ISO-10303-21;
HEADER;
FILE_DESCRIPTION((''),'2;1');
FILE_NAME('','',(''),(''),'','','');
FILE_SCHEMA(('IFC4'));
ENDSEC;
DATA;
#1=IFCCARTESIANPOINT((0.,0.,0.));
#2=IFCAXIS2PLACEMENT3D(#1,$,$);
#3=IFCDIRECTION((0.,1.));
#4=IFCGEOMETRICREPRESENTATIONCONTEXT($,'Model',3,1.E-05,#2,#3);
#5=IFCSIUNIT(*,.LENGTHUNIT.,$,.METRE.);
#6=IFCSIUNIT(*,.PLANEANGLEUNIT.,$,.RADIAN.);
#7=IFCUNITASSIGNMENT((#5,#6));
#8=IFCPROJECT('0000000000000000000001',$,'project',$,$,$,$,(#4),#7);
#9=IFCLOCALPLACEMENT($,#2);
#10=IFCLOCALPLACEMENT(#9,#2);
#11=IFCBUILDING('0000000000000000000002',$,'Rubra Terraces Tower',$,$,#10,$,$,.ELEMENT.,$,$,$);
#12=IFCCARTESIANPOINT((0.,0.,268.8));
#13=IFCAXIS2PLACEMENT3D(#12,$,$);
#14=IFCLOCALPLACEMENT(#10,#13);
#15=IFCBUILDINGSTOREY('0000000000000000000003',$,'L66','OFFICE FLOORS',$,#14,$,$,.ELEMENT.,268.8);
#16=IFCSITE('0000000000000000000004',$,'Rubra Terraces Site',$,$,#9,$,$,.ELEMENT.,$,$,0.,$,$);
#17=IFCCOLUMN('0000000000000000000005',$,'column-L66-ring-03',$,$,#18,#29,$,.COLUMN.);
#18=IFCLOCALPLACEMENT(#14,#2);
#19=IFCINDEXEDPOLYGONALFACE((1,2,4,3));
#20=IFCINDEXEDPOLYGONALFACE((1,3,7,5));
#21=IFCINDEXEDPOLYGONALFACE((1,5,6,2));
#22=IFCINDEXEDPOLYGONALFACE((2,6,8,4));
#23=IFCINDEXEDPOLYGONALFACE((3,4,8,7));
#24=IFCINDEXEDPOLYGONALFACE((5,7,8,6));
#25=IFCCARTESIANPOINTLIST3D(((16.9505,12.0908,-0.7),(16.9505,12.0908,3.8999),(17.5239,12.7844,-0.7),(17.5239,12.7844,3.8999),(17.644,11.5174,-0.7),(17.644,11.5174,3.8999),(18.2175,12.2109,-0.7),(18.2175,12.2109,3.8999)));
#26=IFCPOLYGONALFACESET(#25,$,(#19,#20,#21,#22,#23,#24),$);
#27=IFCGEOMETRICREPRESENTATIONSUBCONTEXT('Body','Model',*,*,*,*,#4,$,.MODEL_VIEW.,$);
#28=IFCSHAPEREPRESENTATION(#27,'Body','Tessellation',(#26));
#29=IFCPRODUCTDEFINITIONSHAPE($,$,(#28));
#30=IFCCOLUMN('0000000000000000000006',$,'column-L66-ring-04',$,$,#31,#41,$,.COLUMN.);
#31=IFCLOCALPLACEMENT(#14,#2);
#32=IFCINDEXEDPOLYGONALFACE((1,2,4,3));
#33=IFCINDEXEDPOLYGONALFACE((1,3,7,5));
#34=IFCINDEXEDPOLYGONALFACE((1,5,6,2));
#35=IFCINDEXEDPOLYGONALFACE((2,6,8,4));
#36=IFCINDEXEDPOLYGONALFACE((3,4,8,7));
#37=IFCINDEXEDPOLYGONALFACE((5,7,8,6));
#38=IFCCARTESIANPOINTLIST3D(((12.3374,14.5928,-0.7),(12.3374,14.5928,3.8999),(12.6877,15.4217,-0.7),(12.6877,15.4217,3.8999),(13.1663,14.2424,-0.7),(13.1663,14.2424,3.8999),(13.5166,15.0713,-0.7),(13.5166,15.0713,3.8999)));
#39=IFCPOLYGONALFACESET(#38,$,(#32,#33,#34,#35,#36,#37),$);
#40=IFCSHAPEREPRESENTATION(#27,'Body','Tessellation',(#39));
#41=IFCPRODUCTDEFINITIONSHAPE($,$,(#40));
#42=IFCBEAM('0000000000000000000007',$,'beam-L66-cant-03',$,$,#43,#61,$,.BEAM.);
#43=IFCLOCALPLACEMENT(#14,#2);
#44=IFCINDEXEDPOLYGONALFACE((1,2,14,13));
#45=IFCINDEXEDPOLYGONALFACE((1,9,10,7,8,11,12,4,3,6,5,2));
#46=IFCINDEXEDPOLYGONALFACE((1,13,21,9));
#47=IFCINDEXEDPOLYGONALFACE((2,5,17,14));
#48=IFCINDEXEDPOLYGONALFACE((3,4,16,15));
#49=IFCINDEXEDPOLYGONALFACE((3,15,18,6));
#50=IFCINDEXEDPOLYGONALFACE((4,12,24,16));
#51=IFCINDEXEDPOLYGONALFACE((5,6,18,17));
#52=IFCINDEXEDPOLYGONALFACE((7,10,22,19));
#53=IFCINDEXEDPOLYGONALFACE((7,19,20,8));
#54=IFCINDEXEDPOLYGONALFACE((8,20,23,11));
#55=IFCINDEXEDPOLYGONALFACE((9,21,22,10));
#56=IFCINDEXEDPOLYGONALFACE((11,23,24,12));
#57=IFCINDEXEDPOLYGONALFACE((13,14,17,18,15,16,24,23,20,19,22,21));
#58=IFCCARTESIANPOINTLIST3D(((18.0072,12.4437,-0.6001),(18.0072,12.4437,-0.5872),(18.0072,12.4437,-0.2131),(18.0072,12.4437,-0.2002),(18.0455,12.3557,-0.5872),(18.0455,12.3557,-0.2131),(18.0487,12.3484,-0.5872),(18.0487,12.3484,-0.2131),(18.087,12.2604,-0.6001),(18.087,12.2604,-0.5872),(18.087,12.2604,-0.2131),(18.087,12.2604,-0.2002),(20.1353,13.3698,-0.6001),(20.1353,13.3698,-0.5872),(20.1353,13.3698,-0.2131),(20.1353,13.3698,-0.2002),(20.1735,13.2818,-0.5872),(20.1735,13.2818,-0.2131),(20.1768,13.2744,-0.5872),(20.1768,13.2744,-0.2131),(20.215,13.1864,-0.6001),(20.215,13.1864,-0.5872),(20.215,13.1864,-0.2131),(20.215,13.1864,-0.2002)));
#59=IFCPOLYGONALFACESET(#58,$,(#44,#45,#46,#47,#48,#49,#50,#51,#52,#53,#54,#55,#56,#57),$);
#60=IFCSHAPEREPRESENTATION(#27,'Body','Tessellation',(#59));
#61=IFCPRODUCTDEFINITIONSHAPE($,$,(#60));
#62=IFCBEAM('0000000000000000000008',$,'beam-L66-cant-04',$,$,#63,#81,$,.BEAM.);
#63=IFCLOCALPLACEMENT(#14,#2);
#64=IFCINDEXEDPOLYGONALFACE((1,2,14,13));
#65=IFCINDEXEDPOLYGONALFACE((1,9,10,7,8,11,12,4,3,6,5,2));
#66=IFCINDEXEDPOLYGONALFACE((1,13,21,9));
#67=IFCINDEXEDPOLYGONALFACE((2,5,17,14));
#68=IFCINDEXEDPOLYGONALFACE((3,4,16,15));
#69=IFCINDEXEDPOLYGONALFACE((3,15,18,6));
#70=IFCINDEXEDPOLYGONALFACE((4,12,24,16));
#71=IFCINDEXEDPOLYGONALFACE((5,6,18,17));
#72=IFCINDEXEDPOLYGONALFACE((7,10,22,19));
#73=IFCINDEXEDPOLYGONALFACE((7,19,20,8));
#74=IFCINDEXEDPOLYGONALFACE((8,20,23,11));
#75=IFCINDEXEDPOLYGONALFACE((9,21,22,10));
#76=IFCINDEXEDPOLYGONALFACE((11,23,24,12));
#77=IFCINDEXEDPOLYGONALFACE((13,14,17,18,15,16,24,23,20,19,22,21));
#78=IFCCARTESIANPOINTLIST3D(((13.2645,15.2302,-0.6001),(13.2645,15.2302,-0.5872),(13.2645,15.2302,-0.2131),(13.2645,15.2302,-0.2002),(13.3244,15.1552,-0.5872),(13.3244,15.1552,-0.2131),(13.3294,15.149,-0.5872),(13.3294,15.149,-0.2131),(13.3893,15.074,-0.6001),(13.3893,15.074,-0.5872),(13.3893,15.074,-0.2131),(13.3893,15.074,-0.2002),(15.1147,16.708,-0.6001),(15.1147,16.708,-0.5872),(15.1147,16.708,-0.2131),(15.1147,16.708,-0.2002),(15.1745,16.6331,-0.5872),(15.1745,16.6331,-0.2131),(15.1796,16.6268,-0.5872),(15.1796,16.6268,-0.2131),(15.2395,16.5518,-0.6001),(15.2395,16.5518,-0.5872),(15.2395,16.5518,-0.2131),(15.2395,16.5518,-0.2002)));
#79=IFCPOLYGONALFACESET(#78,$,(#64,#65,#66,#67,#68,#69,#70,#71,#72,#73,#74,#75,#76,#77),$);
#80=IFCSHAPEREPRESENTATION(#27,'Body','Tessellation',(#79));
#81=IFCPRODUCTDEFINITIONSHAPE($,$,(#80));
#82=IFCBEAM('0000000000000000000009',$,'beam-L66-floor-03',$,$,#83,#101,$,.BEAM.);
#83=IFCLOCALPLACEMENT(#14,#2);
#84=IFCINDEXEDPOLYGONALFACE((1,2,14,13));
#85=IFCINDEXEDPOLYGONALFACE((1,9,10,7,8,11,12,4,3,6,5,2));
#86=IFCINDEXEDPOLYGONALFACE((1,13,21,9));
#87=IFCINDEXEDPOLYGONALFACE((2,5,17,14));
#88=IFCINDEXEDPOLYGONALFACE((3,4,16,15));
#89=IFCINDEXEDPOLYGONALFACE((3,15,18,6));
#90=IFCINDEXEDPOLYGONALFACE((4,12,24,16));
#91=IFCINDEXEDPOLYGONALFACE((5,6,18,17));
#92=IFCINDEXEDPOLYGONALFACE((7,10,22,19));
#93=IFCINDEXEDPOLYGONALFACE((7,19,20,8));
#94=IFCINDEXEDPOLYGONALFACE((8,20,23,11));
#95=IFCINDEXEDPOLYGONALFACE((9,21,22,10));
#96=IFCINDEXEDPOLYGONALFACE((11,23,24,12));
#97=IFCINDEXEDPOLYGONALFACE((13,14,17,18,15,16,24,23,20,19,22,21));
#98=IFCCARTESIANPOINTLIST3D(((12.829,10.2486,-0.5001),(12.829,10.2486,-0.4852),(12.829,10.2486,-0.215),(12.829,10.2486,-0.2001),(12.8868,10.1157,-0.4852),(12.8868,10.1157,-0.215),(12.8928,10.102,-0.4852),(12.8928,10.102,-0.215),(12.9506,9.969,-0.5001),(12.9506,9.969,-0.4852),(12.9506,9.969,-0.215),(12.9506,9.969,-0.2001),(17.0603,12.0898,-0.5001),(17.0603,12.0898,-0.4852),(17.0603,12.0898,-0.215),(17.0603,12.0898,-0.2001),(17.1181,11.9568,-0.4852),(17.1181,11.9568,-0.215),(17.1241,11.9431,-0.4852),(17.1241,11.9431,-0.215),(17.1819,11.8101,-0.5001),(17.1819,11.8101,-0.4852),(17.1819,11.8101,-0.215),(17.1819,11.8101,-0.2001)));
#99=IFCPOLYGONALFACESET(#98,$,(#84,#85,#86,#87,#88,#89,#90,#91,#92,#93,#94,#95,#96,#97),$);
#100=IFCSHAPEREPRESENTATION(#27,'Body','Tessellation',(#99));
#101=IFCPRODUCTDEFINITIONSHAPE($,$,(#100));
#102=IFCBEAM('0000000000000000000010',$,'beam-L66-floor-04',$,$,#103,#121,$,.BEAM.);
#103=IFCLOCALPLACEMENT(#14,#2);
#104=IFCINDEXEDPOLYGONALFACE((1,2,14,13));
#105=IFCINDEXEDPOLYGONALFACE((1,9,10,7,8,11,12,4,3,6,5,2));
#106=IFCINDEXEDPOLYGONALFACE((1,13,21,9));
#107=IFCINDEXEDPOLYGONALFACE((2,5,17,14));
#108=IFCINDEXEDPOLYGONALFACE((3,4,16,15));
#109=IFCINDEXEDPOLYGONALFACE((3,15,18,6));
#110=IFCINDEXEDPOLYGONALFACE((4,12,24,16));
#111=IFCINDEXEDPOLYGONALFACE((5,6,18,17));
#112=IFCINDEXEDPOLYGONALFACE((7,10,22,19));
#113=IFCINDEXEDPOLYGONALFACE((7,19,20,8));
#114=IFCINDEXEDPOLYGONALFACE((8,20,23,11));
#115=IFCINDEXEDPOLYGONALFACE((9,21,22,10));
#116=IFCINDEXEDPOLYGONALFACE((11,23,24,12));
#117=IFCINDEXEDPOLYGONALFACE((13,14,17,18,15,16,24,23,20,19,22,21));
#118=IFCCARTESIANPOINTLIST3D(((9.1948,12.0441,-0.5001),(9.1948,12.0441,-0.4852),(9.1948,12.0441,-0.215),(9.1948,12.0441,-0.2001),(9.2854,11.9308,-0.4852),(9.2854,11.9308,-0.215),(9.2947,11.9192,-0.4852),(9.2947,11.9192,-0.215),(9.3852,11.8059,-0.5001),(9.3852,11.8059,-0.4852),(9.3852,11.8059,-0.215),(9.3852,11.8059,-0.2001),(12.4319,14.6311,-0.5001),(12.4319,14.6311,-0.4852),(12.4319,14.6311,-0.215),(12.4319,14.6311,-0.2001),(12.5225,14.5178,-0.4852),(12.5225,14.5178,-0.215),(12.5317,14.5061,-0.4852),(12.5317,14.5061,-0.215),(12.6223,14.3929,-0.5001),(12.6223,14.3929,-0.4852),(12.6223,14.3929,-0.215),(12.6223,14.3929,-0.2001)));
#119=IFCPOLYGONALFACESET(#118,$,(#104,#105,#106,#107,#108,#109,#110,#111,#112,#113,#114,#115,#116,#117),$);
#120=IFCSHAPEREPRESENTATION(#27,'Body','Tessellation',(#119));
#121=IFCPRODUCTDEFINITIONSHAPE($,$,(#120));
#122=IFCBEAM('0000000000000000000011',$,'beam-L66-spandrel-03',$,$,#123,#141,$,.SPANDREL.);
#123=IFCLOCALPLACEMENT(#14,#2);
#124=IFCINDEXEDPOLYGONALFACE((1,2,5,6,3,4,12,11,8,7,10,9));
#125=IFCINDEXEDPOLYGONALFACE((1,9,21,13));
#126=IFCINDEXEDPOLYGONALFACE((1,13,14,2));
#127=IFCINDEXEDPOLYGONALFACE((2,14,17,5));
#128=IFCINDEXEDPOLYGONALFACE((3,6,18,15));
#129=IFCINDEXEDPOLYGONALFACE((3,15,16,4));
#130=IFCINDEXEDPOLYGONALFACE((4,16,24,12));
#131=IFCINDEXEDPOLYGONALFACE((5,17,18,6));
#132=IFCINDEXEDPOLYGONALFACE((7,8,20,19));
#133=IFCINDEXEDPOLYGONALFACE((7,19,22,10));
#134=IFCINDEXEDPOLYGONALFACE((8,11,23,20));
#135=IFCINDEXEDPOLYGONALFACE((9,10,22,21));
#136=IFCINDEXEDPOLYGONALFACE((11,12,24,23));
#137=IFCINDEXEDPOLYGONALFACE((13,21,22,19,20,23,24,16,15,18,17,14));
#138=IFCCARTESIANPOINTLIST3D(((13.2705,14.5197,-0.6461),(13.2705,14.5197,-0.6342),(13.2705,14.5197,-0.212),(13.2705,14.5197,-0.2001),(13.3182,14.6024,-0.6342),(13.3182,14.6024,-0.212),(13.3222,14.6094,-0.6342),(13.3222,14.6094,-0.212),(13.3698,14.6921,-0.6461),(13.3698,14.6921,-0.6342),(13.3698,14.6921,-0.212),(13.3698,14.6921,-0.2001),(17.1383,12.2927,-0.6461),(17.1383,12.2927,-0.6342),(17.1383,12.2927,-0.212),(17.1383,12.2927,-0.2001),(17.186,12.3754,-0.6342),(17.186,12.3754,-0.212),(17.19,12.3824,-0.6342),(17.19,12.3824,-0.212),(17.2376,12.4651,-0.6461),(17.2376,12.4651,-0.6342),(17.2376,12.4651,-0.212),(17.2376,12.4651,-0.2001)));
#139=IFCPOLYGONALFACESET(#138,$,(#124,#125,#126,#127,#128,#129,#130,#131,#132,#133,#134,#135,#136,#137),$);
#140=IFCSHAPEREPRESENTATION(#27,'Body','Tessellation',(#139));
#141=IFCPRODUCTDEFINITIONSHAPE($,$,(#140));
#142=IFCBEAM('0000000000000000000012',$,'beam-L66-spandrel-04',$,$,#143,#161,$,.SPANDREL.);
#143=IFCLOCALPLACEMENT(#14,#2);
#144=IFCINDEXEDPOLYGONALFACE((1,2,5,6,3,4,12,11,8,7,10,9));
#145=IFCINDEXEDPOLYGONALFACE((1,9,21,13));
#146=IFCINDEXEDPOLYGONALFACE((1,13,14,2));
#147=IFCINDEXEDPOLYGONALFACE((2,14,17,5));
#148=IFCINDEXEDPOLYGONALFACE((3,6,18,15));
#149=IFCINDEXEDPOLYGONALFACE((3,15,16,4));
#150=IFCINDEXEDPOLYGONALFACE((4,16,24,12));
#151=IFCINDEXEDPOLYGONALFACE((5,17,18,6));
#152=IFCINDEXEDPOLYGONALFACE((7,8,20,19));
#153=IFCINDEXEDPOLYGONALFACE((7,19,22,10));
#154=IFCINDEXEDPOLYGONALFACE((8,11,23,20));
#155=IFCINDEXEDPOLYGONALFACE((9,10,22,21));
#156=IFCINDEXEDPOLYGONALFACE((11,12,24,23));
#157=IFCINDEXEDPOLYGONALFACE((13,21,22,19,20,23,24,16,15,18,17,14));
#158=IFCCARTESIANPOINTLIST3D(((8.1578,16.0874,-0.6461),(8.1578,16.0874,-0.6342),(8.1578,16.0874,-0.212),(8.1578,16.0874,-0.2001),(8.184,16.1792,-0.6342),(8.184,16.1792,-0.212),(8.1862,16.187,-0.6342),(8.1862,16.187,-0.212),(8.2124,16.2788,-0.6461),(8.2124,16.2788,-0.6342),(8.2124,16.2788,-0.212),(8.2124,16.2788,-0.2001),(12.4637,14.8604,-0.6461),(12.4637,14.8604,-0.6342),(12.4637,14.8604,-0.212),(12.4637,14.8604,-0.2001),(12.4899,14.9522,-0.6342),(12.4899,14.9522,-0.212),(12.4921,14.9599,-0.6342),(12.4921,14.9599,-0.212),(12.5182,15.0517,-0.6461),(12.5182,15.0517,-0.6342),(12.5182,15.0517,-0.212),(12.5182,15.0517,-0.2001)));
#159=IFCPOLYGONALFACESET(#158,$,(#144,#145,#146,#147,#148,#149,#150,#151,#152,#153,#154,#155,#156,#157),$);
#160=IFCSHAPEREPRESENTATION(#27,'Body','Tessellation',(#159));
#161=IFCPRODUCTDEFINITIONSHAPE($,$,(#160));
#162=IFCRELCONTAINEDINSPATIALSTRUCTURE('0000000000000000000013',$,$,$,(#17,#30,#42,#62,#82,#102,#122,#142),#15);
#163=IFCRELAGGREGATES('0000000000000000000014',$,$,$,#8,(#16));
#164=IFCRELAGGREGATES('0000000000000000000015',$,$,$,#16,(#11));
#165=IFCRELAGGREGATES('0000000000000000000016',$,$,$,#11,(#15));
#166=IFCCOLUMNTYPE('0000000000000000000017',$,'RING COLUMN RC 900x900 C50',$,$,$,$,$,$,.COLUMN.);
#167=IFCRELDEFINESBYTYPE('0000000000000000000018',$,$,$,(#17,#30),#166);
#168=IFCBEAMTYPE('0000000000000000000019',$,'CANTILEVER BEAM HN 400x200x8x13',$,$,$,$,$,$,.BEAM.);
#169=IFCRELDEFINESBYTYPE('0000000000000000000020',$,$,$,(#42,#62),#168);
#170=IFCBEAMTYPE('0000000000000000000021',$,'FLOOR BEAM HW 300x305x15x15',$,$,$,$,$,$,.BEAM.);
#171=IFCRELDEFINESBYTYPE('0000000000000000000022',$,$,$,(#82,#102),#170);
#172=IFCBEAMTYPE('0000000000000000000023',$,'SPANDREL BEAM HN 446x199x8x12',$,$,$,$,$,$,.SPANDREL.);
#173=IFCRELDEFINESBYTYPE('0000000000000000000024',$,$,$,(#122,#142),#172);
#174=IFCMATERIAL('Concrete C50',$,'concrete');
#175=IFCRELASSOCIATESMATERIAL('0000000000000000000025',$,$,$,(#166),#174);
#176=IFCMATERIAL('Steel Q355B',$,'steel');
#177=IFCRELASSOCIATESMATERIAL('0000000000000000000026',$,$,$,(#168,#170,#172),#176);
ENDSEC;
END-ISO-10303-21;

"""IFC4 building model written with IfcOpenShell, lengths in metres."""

from ifc_helpers import new_model, si_unit, direction, frame, origin, origin_2d, place, context, subcontext, project, spatial, rectangle, i_section, extrude, material, material_profile, profile_set, type_object, element, save


model = new_model("IFC4")

# Units and contexts
model_context = context("Model", 3, precision=1e-05, world=origin(), true_north=direction((0.0, 1.0)))
body_context = subcontext(model_context, "Body", "Model", "MODEL_VIEW")
ifc_project = project(units=[si_unit("LENGTHUNIT", "METRE"), si_unit("PLANEANGLEUNIT", "RADIAN")], contexts=[model_context])

# Site, building, storey
site_placement = place(None, origin())
site = spatial("IfcSite", under=ifc_project, at=site_placement, Name="Rubra Terraces Site", CompositionType="ELEMENT", RefElevation=0.0)
building_placement = place(site_placement, origin())
building = spatial("IfcBuilding", under=site, at=building_placement, Name="Rubra Terraces Tower", CompositionType="ELEMENT")
storey_placement = place(building_placement, frame((0.0, 0.0, 268.8)))
storey = spatial("IfcBuildingStorey", under=building, at=storey_placement, Name="L66", Description="OFFICE FLOORS", CompositionType="ELEMENT", Elevation=268.8)

# Columns
ifc_material_1 = material(Name="Concrete C50", Category="concrete")
ifc_material_profile_1 = material_profile(ifc_material_1, rectangle(XDim=0.8999, YDim=0.8999, at=origin_2d()), Name="RC 900x900")
ifc_profile_set_1 = profile_set([ifc_material_profile_1], Name="Concrete C50")
column_type = type_object("IfcColumnType", Name="RING COLUMN RC 900x900 C50", PredefinedType="COLUMN", material=ifc_profile_set_1)
for number, where, z_axis, x_axis, name in (
    (1, (17.584, 12.1509, -0.7), (0.0, 0.0, 1.0), (-0.770679, 0.637223, 0.0), "column-L66-ring-03"),
    (2, (12.927, 14.832, -0.7), (0.0, 0.0, 1.0), (-0.921106, 0.389313, 0.0), "column-L66-ring-04"),
):
    element("IfcColumn", number, at=place(storey_placement, frame(where, z_axis=z_axis, x_axis=x_axis)), inside=storey, type_object=column_type, Name=name, PredefinedType="COLUMN", context=body_context, shape_type="SweptSolid", body=[
        extrude(rectangle(XDim=0.8999, YDim=0.8999, at=origin_2d()), origin(), (0.0, 0.0, 1.0), 4.5999),
    ])

# Beams
ifc_material_2 = material(Name="Steel Q355B", Category="steel")
ifc_material_profile_2 = material_profile(ifc_material_2, i_section(OverallWidth=0.2, OverallDepth=0.3999, WebThickness=0.0081, FlangeThickness=0.0129, at=origin_2d()), Name="HN 400x200x8x13")
ifc_profile_set_2 = profile_set([ifc_material_profile_2], Name="Steel Q355B")
beam_type_1 = type_object("IfcBeamType", Name="CANTILEVER BEAM HN 400x200x8x13", PredefinedType="BEAM", material=ifc_profile_set_2)
beam_1_placement = place(storey_placement, frame((18.0471, 12.3521, -0.4001), z_axis=(0.916938, 0.39903, 0.0), x_axis=(-0.39903, 0.916938, 0.0)))
element("IfcBeam", 3, at=beam_1_placement, inside=storey, type_object=beam_type_1, Name="beam-L66-cant-03", PredefinedType="BEAM", context=body_context, shape_type="SweptSolid", body=[
    extrude(i_section(OverallWidth=0.2, OverallDepth=0.3999, WebThickness=0.0081, FlangeThickness=0.0129, at=origin_2d()), origin(), (0.0, 0.0, 1.0), 2.3208),
])
beam_2_placement = place(storey_placement, frame((13.3269, 15.1521, -0.4001), z_axis=(0.781341, 0.624104, 0.0), x_axis=(-0.624104, 0.781341, 0.0)))
element("IfcBeam", 4, at=beam_2_placement, inside=storey, type_object=beam_type_1, Name="beam-L66-cant-04", PredefinedType="BEAM", context=body_context, shape_type="SweptSolid", body=[
    extrude(i_section(OverallWidth=0.2, OverallDepth=0.3999, WebThickness=0.0081, FlangeThickness=0.0129, at=origin_2d()), origin(), (0.0, 0.0, 1.0), 2.3679),
])
ifc_material_profile_3 = material_profile(ifc_material_2, i_section(OverallWidth=0.3049, OverallDepth=0.3, WebThickness=0.0149, FlangeThickness=0.0149, at=origin_2d()), Name="HW 300x305x15x15")
ifc_profile_set_3 = profile_set([ifc_material_profile_3], Name="Steel Q355B")
beam_type_2 = type_object("IfcBeamType", Name="FLOOR BEAM HW 300x305x15x15", PredefinedType="BEAM", material=ifc_profile_set_3)
beam_3_placement = place(storey_placement, frame((17.1211, 11.95, -0.3501), z_axis=(-0.916958, -0.398983, 0.0), x_axis=(0.398983, -0.916958, 0.0)))
element("IfcBeam", 5, at=beam_3_placement, inside=storey, type_object=beam_type_2, Name="beam-L66-floor-03", PredefinedType="BEAM", context=body_context, shape_type="SweptSolid", body=[
    extrude(i_section(OverallWidth=0.3049, OverallDepth=0.3, WebThickness=0.0149, FlangeThickness=0.0149, at=origin_2d()), origin(), (0.0, 0.0, 1.0), 4.6145),
])
beam_4_placement = place(storey_placement, frame((12.5271, 14.512, -0.3501), z_axis=(-0.781191, -0.624293, 0.0), x_axis=(0.624293, -0.781191, 0.0)))
element("IfcBeam", 6, at=beam_4_placement, inside=storey, type_object=beam_type_2, Name="beam-L66-floor-04", PredefinedType="BEAM", context=body_context, shape_type="SweptSolid", body=[
    extrude(i_section(OverallWidth=0.3049, OverallDepth=0.3, WebThickness=0.0149, FlangeThickness=0.0149, at=origin_2d()), origin(), (0.0, 0.0, 1.0), 4.1438),
])
ifc_material_profile_4 = material_profile(ifc_material_2, i_section(OverallWidth=0.199, OverallDepth=0.446, WebThickness=0.0081, FlangeThickness=0.012, at=origin_2d()), Name="HN 446x199x8x12")
ifc_profile_set_4 = profile_set([ifc_material_profile_4], Name="Steel Q355B")
beam_type_3 = type_object("IfcBeamType", Name="SPANDREL BEAM HN 446x199x8x12", PredefinedType="SPANDREL", material=ifc_profile_set_4)
beam_5_placement = place(storey_placement, frame((17.188, 12.3789, -0.4231), z_axis=(-0.866616, 0.498976, 0.0), x_axis=(-0.498976, -0.866616, 0.0)))
element("IfcBeam", 7, at=beam_5_placement, inside=storey, type_object=beam_type_3, Name="beam-L66-spandrel-03", PredefinedType="SPANDREL", context=body_context, shape_type="SweptSolid", body=[
    extrude(i_section(OverallWidth=0.199, OverallDepth=0.446, WebThickness=0.0081, FlangeThickness=0.012, at=origin_2d()), origin(), (0.0, 0.0, 1.0), 4.4631),
])
beam_6_placement = place(storey_placement, frame((12.491, 14.9561, -0.4231), z_axis=(-0.961713, 0.274058, 0.0), x_axis=(-0.274058, -0.961713, 0.0)))
element("IfcBeam", 8, at=beam_6_placement, inside=storey, type_object=beam_type_3, Name="beam-L66-spandrel-04", PredefinedType="SPANDREL", context=body_context, shape_type="SweptSolid", body=[
    extrude(i_section(OverallWidth=0.199, OverallDepth=0.446, WebThickness=0.0081, FlangeThickness=0.012, at=origin_2d()), origin(), (0.0, 0.0, 1.0), 4.4773),
])

save(model, "model.ifc")
